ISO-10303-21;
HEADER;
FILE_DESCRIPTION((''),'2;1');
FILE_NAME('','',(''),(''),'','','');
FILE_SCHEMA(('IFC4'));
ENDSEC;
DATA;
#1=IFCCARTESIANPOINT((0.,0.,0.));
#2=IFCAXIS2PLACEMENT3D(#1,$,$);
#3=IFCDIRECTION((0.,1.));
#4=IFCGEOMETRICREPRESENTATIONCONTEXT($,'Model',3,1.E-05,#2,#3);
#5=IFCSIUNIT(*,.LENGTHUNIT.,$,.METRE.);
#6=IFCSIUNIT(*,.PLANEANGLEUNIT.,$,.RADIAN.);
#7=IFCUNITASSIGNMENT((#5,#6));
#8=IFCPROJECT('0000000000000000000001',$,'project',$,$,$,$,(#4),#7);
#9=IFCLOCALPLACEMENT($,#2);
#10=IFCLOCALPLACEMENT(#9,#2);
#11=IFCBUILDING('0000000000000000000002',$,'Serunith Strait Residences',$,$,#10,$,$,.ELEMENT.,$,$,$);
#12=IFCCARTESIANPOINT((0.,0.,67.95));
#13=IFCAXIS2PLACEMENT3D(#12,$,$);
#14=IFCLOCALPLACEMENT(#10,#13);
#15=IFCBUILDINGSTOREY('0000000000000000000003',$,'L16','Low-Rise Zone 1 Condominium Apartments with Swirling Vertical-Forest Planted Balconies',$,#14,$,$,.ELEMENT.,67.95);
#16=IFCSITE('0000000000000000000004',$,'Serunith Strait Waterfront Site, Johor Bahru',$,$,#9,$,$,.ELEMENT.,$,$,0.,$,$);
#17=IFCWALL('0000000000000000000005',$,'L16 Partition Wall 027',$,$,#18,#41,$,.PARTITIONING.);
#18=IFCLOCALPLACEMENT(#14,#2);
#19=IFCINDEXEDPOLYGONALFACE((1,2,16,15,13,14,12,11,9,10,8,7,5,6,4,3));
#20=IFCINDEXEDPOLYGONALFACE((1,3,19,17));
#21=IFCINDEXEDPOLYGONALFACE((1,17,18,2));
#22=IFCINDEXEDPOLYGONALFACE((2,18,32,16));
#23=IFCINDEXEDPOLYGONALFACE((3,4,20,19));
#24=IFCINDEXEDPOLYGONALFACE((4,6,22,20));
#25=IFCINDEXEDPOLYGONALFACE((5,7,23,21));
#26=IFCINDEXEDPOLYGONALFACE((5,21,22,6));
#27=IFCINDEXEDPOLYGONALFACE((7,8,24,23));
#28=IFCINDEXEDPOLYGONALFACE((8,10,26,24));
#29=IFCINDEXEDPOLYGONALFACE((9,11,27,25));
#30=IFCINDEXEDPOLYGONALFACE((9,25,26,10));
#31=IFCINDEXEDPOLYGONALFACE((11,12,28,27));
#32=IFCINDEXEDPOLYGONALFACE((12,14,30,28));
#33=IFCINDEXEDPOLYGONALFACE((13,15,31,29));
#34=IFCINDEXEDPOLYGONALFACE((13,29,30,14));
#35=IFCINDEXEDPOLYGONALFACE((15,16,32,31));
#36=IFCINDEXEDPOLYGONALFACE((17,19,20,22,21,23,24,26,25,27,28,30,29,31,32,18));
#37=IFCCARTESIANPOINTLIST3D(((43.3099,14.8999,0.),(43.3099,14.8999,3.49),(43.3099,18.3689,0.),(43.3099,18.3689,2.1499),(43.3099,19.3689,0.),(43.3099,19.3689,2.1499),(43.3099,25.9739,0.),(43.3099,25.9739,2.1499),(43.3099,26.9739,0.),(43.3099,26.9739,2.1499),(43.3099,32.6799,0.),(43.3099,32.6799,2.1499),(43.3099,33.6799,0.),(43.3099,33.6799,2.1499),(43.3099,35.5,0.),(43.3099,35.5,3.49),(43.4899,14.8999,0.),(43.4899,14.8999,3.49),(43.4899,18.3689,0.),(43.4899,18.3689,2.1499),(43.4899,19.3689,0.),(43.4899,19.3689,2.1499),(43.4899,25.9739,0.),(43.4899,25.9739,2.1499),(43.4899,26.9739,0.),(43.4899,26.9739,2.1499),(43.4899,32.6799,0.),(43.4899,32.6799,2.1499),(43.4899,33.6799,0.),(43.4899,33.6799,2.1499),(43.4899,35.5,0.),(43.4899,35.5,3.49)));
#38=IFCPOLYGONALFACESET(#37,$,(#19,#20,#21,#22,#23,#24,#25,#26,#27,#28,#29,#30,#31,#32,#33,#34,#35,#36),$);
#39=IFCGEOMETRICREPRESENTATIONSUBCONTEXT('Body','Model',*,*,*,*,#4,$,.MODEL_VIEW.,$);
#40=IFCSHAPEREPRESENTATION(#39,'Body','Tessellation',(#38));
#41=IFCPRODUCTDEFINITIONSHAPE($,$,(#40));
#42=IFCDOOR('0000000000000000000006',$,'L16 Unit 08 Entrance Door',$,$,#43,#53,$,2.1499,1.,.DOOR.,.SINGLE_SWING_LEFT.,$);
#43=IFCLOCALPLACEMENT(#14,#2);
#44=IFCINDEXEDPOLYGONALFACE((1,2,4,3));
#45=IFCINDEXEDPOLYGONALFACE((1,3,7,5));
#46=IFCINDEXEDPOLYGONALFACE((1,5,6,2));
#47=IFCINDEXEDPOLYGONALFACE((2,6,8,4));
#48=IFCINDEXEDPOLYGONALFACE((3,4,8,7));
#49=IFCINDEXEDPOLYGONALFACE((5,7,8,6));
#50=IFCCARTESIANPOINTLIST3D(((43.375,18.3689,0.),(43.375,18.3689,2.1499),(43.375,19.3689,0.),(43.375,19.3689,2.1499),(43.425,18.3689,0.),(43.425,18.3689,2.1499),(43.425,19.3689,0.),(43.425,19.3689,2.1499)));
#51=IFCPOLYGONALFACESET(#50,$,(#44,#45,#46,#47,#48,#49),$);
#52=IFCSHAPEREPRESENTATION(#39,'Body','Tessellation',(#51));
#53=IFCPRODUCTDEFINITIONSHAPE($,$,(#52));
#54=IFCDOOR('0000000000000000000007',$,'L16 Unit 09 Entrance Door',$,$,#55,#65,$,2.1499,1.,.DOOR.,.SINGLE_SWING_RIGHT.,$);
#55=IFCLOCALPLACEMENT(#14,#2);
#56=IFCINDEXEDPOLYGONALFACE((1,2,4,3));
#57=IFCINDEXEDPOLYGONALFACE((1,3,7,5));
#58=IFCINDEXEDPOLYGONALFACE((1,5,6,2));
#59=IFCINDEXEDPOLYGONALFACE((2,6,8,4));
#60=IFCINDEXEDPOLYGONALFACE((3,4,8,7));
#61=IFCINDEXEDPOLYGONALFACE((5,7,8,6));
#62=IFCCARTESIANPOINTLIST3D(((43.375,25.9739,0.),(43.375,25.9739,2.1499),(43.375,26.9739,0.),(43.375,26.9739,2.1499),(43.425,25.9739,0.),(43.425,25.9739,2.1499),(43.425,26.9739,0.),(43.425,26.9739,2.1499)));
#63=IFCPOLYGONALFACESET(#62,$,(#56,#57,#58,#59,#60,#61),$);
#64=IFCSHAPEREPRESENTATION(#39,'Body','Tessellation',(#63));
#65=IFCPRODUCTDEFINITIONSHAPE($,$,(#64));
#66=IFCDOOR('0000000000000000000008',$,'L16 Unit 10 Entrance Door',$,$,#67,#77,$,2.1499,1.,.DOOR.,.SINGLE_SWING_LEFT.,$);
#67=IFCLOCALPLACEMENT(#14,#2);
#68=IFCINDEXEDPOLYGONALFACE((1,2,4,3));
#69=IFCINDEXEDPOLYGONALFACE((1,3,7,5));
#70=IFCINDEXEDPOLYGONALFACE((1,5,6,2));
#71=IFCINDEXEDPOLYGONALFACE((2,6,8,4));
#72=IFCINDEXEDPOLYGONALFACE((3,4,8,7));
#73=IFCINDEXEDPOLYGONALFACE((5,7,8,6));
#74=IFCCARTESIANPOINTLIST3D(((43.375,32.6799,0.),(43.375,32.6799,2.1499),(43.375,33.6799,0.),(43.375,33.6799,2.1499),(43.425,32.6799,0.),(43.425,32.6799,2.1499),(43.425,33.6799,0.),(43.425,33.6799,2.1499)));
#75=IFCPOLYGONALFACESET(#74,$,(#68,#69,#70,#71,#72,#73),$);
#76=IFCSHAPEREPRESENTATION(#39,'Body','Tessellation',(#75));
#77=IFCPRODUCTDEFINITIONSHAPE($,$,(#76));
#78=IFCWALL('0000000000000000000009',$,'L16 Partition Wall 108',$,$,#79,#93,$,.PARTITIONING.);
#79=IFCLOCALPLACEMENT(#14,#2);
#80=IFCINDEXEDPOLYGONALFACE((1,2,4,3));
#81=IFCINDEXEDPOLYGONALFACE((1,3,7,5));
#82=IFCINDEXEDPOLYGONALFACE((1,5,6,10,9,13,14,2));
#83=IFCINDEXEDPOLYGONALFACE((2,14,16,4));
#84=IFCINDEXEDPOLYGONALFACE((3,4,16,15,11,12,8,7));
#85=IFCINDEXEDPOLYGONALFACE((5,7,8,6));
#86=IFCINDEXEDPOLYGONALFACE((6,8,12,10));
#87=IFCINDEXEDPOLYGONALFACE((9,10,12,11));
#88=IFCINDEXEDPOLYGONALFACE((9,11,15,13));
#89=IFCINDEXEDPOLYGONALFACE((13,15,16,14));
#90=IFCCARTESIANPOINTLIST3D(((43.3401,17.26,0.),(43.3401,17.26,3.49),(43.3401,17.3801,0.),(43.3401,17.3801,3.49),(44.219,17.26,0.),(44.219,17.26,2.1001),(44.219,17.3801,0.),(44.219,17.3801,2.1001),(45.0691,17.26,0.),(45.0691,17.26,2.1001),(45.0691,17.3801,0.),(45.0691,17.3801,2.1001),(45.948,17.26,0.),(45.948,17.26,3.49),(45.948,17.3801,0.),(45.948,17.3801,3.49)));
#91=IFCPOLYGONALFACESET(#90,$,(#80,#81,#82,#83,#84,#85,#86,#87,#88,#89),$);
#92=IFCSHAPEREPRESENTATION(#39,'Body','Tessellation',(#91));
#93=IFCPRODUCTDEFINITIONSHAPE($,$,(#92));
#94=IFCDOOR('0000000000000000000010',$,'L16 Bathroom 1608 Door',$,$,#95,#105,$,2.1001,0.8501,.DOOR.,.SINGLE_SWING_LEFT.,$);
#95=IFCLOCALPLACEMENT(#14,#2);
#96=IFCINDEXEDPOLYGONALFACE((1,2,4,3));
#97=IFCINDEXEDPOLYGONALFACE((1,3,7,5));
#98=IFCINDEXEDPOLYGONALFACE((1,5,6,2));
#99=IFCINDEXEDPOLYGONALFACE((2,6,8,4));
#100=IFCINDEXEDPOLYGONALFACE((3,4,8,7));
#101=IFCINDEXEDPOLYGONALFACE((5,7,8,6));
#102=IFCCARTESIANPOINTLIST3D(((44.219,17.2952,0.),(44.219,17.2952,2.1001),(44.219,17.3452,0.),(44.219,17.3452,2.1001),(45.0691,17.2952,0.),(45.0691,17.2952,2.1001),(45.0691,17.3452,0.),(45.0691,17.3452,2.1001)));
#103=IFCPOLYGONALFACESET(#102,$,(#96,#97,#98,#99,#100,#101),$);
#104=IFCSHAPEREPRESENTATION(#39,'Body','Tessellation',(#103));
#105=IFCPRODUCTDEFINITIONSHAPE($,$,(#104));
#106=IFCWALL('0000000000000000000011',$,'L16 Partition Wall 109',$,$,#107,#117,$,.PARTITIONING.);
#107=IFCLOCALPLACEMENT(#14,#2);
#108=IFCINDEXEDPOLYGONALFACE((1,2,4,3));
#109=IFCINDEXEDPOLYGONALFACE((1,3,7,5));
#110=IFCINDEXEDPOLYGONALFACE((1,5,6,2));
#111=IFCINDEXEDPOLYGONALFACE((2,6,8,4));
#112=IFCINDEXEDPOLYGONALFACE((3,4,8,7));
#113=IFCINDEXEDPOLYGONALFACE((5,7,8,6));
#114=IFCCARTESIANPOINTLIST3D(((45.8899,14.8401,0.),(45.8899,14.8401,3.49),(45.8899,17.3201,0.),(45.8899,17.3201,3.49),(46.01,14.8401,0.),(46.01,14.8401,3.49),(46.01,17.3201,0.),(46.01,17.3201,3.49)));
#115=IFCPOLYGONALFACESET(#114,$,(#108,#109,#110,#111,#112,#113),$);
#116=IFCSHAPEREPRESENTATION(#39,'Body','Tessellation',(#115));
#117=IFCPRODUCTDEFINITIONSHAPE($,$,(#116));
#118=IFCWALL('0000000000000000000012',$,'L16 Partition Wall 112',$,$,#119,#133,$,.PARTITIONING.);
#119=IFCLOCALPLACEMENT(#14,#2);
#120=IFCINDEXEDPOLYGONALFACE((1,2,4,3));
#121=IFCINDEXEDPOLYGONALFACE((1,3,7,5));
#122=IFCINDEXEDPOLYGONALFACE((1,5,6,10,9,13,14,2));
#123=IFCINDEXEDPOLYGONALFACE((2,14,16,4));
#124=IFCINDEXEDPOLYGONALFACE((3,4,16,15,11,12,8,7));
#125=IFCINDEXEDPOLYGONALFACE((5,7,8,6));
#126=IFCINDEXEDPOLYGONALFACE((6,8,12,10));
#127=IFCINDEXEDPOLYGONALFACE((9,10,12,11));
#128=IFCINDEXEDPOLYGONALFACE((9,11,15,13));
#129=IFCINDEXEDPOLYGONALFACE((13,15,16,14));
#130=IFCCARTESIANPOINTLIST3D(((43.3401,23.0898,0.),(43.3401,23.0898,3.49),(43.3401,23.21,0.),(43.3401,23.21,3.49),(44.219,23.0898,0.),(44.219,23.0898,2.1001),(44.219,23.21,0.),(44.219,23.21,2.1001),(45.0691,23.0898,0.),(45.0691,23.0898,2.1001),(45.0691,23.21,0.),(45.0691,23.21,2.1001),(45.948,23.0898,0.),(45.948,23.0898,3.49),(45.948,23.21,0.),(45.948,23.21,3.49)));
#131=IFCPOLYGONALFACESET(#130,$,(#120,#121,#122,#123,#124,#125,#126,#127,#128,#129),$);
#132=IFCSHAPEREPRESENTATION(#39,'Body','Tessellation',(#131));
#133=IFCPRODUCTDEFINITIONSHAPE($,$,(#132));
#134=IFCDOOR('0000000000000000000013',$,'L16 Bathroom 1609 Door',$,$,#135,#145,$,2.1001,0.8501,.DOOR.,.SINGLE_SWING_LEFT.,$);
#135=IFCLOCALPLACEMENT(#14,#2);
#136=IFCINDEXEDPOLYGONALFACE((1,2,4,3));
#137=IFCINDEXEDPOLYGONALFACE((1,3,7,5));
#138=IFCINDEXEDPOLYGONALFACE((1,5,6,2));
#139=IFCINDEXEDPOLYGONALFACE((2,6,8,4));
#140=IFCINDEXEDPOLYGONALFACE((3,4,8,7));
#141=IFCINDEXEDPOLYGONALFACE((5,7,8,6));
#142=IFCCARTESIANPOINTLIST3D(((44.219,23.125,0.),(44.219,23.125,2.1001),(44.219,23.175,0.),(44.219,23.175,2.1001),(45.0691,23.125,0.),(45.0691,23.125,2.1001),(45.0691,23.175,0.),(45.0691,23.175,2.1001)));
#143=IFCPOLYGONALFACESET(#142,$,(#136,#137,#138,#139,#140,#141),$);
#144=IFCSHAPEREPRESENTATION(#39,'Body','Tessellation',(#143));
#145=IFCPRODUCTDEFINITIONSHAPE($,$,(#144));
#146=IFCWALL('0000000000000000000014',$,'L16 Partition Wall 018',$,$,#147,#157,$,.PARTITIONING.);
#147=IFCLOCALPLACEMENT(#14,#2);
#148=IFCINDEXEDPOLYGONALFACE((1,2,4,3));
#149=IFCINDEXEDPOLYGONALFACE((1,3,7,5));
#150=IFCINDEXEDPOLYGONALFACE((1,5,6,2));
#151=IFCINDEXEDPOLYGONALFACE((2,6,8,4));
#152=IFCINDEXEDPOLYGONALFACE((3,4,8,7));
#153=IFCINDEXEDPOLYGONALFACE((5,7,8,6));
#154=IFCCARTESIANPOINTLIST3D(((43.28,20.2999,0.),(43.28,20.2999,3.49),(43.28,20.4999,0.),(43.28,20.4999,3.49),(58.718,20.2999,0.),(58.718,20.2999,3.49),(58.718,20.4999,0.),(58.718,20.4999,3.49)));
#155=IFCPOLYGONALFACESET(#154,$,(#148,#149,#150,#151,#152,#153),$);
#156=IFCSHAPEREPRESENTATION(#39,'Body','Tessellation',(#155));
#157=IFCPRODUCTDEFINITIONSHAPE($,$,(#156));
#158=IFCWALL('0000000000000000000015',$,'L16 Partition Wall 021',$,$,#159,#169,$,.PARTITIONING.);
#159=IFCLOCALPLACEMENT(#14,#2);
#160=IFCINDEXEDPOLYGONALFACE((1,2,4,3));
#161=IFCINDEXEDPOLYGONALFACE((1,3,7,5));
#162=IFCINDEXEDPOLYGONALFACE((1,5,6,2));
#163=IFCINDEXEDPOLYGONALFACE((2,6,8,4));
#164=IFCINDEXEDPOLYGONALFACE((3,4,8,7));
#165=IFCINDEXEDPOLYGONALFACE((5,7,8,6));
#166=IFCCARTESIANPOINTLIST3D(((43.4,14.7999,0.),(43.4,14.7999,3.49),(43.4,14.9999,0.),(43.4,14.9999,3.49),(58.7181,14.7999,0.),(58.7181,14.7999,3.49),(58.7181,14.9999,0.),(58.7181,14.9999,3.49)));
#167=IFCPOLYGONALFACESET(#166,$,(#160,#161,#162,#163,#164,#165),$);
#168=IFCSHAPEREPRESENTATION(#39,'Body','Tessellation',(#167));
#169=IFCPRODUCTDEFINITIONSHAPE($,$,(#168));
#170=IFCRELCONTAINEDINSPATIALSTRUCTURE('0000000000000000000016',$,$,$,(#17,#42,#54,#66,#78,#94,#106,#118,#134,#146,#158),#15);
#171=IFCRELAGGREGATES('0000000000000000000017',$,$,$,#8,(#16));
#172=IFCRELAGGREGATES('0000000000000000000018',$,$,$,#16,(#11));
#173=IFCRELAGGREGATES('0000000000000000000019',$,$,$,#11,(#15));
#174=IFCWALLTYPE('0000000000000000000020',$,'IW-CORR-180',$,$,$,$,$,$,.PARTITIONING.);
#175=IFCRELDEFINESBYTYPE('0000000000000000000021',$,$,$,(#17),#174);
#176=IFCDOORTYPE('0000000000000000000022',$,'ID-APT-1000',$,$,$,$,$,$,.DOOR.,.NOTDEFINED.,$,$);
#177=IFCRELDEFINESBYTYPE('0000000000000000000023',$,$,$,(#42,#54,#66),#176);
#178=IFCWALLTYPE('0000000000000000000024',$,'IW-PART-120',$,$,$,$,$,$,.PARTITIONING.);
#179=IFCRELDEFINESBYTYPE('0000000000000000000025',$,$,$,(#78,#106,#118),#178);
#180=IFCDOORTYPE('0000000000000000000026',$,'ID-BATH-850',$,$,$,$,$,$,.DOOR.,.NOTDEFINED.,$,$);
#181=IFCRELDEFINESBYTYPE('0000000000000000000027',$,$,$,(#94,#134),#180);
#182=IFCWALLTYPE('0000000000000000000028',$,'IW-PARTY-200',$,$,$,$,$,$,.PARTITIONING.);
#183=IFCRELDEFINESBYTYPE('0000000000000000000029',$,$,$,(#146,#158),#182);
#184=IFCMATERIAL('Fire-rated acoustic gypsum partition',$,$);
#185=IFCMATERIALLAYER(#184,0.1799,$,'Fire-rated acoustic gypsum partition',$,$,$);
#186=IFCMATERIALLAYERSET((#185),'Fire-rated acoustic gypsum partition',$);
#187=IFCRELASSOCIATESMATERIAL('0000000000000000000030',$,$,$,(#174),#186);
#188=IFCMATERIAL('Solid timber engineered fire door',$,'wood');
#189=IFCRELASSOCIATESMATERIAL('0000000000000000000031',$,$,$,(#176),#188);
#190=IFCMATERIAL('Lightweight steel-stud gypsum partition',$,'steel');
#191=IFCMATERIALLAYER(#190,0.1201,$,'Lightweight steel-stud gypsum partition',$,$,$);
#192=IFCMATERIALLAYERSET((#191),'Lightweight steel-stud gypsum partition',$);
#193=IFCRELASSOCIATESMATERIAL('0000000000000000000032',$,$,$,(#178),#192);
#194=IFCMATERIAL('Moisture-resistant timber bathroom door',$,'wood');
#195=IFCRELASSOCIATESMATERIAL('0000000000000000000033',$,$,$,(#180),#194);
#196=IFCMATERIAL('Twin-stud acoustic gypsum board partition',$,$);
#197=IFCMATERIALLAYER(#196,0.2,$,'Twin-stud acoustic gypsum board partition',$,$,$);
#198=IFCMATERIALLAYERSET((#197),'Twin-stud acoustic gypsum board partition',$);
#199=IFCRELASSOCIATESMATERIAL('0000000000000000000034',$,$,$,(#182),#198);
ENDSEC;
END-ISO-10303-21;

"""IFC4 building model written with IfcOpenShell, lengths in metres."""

from ifc_helpers import new_model, si_unit, direction, frame, frame_2d, origin, place, context, subcontext, project, spatial, rectangle, extrude, source, transform, mapped, material, layer, layer_set, type_object, element, fill, save


model = new_model("IFC4")

# Units and contexts
model_context = context("Model", 3, precision=1e-05, world=origin(), true_north=direction((0.0, 1.0)))
body_context = subcontext(model_context, "Body", "Model", "MODEL_VIEW")
ifc_project = project(units=[si_unit("LENGTHUNIT", "METRE"), si_unit("PLANEANGLEUNIT", "RADIAN")], contexts=[model_context])

# Site, building, storey
site_placement = place(None, origin())
site = spatial("IfcSite", under=ifc_project, at=site_placement, Name="Serunith Strait Waterfront Site, Johor Bahru", CompositionType="ELEMENT", RefElevation=0.0)
building_placement = place(site_placement, origin())
building = spatial("IfcBuilding", under=site, at=building_placement, Name="Serunith Strait Residences", CompositionType="ELEMENT")
storey_placement = place(building_placement, frame((0.0, 0.0, 67.95)))
storey = spatial("IfcBuildingStorey", under=building, at=storey_placement, Name="L16", Description="Low-Rise Zone 1 Condominium Apartments with Swirling Vertical-Forest Planted Balconies", CompositionType="ELEMENT", Elevation=67.95)

# Wall, openings, doors
ifc_material_1 = material(Name="Fire-rated acoustic gypsum partition")
ifc_layer_1 = layer(ifc_material_1, 0.1799, Name="Fire-rated acoustic gypsum partition")
ifc_layer_set_1 = layer_set([ifc_layer_1], Name="Fire-rated acoustic gypsum partition")
wall_type_1 = type_object("IfcWallType", Name="IW-CORR-180", PredefinedType="PARTITIONING", material=ifc_layer_set_1)
wall_1_placement = place(storey_placement, frame((43.3999, 14.8999, 0.0), z_axis=(0.0, 0.0, 1.0), x_axis=(0.0, 1.0, 0.0)))
wall_1 = element("IfcWall", 1, at=wall_1_placement, inside=storey, type_object=wall_type_1, Name="L16 Partition Wall 027", PredefinedType="PARTITIONING", context=body_context, shape_type="SweptSolid", body=[
    extrude(rectangle(XDim=20.6001, YDim=0.1799, at=frame_2d((10.3, 0.0))), origin(), (0.0, 0.0, 1.0), 3.49),
])
opening_1_placement = place(wall_1_placement, frame((3.469, 0.0, 0.0)))
opening_1 = element("IfcOpeningElement", 2, at=opening_1_placement, cuts=wall_1, PredefinedType="OPENING", context=body_context, shape_type="SweptSolid", body=[
    extrude(rectangle(XDim=1.0, YDim=2.1499, at=frame_2d((0.5, 1.075))), frame((0.0, 0.1001, 0.0), z_axis=(0.0, -1.0, 0.0), x_axis=(1.0, 0.0, 0.0)), (0.0, 0.0, 1.0), 0.2),
])
opening_2_placement = place(wall_1_placement, frame((11.074, 0.0, 0.0)))
opening_2 = element("IfcOpeningElement", 3, at=opening_2_placement, cuts=wall_1, PredefinedType="OPENING", context=body_context, shape_type="SweptSolid", body=[
    extrude(rectangle(XDim=1.0, YDim=2.1499, at=frame_2d((0.5, 1.075))), frame((0.0, 0.1001, 0.0), z_axis=(0.0, -1.0, 0.0), x_axis=(1.0, 0.0, 0.0)), (0.0, 0.0, 1.0), 0.2),
])
opening_3_placement = place(wall_1_placement, frame((17.78, 0.0, 0.0)))
opening_3 = element("IfcOpeningElement", 4, at=opening_3_placement, cuts=wall_1, PredefinedType="OPENING", context=body_context, shape_type="SweptSolid", body=[
    extrude(rectangle(XDim=1.0, YDim=2.1499, at=frame_2d((0.5, 1.075))), frame((0.0, 0.1001, 0.0), z_axis=(0.0, -1.0, 0.0), x_axis=(1.0, 0.0, 0.0)), (0.0, 0.0, 1.0), 0.2),
])
ifc_material_2 = material(Name="Solid timber engineered fire door", Category="wood")
door_type_1 = type_object("IfcDoorType", Name="ID-APT-1000", OperationType="NOTDEFINED", PredefinedType="DOOR", material=ifc_material_2)
shared_shape_1 = source(origin(), body_context, "Body", "SweptSolid", [
    extrude(rectangle(XDim=1.0, YDim=2.1499, at=frame_2d((0.5, 1.075))), frame((0.0, 0.0249, 0.0), z_axis=(0.0, -1.0, 0.0), x_axis=(1.0, 0.0, 0.0)), (0.0, 0.0, 1.0), 0.05),
])
door_1_placement = place(opening_1_placement, origin())
door_1 = element("IfcDoor", 5, at=door_1_placement, inside=storey, type_object=door_type_1, Name="L16 Unit 08 Entrance Door", OperationType="SINGLE_SWING_LEFT", OverallHeight=2.1499, OverallWidth=1.0, PredefinedType="DOOR", context=body_context, shape_type="MappedRepresentation", body=[
    mapped(shared_shape_1, transform((0.0, 0.0, 0.0), scale=1.0)),
])
fill(opening_1, door_1)
door_2_placement = place(opening_2_placement, origin())
door_2 = element("IfcDoor", 6, at=door_2_placement, inside=storey, type_object=door_type_1, Name="L16 Unit 09 Entrance Door", OperationType="SINGLE_SWING_RIGHT", OverallHeight=2.1499, OverallWidth=1.0, PredefinedType="DOOR", context=body_context, shape_type="MappedRepresentation", body=[
    mapped(shared_shape_1, transform((0.0, 0.0, 0.0), scale=1.0)),
])
fill(opening_2, door_2)
door_3_placement = place(opening_3_placement, origin())
door_3 = element("IfcDoor", 7, at=door_3_placement, inside=storey, type_object=door_type_1, Name="L16 Unit 10 Entrance Door", OperationType="SINGLE_SWING_LEFT", OverallHeight=2.1499, OverallWidth=1.0, PredefinedType="DOOR", context=body_context, shape_type="MappedRepresentation", body=[
    mapped(shared_shape_1, transform((0.0, 0.0, 0.0), scale=1.0)),
])
fill(opening_3, door_3)

# Wall, opening, door
ifc_material_3 = material(Name="Lightweight steel-stud gypsum partition", Category="steel")
ifc_layer_2 = layer(ifc_material_3, 0.1201, Name="Lightweight steel-stud gypsum partition")
ifc_layer_set_2 = layer_set([ifc_layer_2], Name="Lightweight steel-stud gypsum partition")
wall_type_2 = type_object("IfcWallType", Name="IW-PART-120", PredefinedType="PARTITIONING", material=ifc_layer_set_2)
wall_2_placement = place(storey_placement, frame((45.948, 17.3201, 0.0), z_axis=(0.0, 0.0, 1.0), x_axis=(-1.0, 0.0, 0.0)))
wall_2 = element("IfcWall", 8, at=wall_2_placement, inside=storey, type_object=wall_type_2, Name="L16 Partition Wall 108", PredefinedType="PARTITIONING", context=body_context, shape_type="SweptSolid", body=[
    extrude(rectangle(XDim=2.6079, YDim=0.1201, at=frame_2d((1.304, 0.0))), origin(), (0.0, 0.0, 1.0), 3.49),
])
opening_4_placement = place(wall_2_placement, frame((0.8789, 0.0, 0.0)))
opening_4 = element("IfcOpeningElement", 9, at=opening_4_placement, cuts=wall_2, PredefinedType="OPENING", context=body_context, shape_type="SweptSolid", body=[
    extrude(rectangle(XDim=0.8501, YDim=2.1001, at=frame_2d((0.425, 1.05))), frame((0.0, 0.0701, 0.0), z_axis=(0.0, -1.0, 0.0), x_axis=(1.0, 0.0, 0.0)), (0.0, 0.0, 1.0), 0.1401),
])
ifc_material_4 = material(Name="Moisture-resistant timber bathroom door", Category="wood")
door_type_2 = type_object("IfcDoorType", Name="ID-BATH-850", OperationType="NOTDEFINED", PredefinedType="DOOR", material=ifc_material_4)
shared_shape_2 = source(origin(), body_context, "Body", "SweptSolid", [
    extrude(rectangle(XDim=0.8501, YDim=2.1001, at=frame_2d((0.425, 1.05))), frame((0.0, 0.0249, 0.0), z_axis=(0.0, -1.0, 0.0), x_axis=(1.0, 0.0, 0.0)), (0.0, 0.0, 1.0), 0.05),
])
door_4_placement = place(opening_4_placement, origin())
door_4 = element("IfcDoor", 10, at=door_4_placement, inside=storey, type_object=door_type_2, Name="L16 Bathroom 1608 Door", OperationType="SINGLE_SWING_LEFT", OverallHeight=2.1001, OverallWidth=0.8501, PredefinedType="DOOR", context=body_context, shape_type="MappedRepresentation", body=[
    mapped(shared_shape_2, transform((0.0, 0.0, 0.0), scale=1.0)),
])
fill(opening_4, door_4)

# Wall
wall_3_placement = place(storey_placement, frame((45.95, 14.8401, 0.0), z_axis=(0.0, 0.0, 1.0), x_axis=(0.0, 1.0, 0.0)))
element("IfcWall", 11, at=wall_3_placement, inside=storey, type_object=wall_type_2, Name="L16 Partition Wall 109", PredefinedType="PARTITIONING", context=body_context, shape_type="SweptSolid", body=[
    extrude(rectangle(XDim=2.48, YDim=0.1201, at=frame_2d((1.24, 0.0))), origin(), (0.0, 0.0, 1.0), 3.49),
])

# Wall, opening, door
wall_4_placement = place(storey_placement, frame((45.948, 23.1499, 0.0), z_axis=(0.0, 0.0, 1.0), x_axis=(-1.0, 0.0, 0.0)))
wall_4 = element("IfcWall", 12, at=wall_4_placement, inside=storey, type_object=wall_type_2, Name="L16 Partition Wall 112", PredefinedType="PARTITIONING", context=body_context, shape_type="SweptSolid", body=[
    extrude(rectangle(XDim=2.6079, YDim=0.1201, at=frame_2d((1.304, 0.0))), origin(), (0.0, 0.0, 1.0), 3.49),
])
opening_5_placement = place(wall_4_placement, frame((0.8789, 0.0, 0.0)))
opening_5 = element("IfcOpeningElement", 13, at=opening_5_placement, cuts=wall_4, PredefinedType="OPENING", context=body_context, shape_type="SweptSolid", body=[
    extrude(rectangle(XDim=0.8501, YDim=2.1001, at=frame_2d((0.425, 1.05))), frame((0.0, 0.0701, 0.0), z_axis=(0.0, -1.0, 0.0), x_axis=(1.0, 0.0, 0.0)), (0.0, 0.0, 1.0), 0.1401),
])
door_5_placement = place(opening_5_placement, origin())
door_5 = element("IfcDoor", 14, at=door_5_placement, inside=storey, type_object=door_type_2, Name="L16 Bathroom 1609 Door", OperationType="SINGLE_SWING_LEFT", OverallHeight=2.1001, OverallWidth=0.8501, PredefinedType="DOOR", context=body_context, shape_type="MappedRepresentation", body=[
    mapped(shared_shape_2, transform((0.0, 0.0, 0.0), scale=1.0)),
])
fill(opening_5, door_5)

# Walls
ifc_material_5 = material(Name="Twin-stud acoustic gypsum board partition")
ifc_layer_3 = layer(ifc_material_5, 0.2, Name="Twin-stud acoustic gypsum board partition")
ifc_layer_set_3 = layer_set([ifc_layer_3], Name="Twin-stud acoustic gypsum board partition")
wall_type_3 = type_object("IfcWallType", Name="IW-PARTY-200", PredefinedType="PARTITIONING", material=ifc_layer_set_3)
wall_5_placement = place(storey_placement, frame((43.28, 20.3999, 0.0), z_axis=(0.0, 0.0, 1.0), x_axis=(1.0, 0.0, 0.0)))
element("IfcWall", 15, at=wall_5_placement, inside=storey, type_object=wall_type_3, Name="L16 Partition Wall 018", PredefinedType="PARTITIONING", context=body_context, shape_type="SweptSolid", body=[
    extrude(rectangle(XDim=15.438, YDim=0.2, at=frame_2d((7.719, 0.0))), origin(), (0.0, 0.0, 1.0), 3.49),
])
wall_6_placement = place(storey_placement, frame((43.3999, 14.8999, 0.0), z_axis=(0.0, 0.0, 1.0), x_axis=(1.0, 0.0, 0.0)))
element("IfcWall", 16, at=wall_6_placement, inside=storey, type_object=wall_type_3, Name="L16 Partition Wall 021", PredefinedType="PARTITIONING", context=body_context, shape_type="SweptSolid", body=[
    extrude(rectangle(XDim=15.3181, YDim=0.2, at=frame_2d((7.6592, 0.0))), origin(), (0.0, 0.0, 1.0), 3.49),
])

save(model, "model.ifc")
